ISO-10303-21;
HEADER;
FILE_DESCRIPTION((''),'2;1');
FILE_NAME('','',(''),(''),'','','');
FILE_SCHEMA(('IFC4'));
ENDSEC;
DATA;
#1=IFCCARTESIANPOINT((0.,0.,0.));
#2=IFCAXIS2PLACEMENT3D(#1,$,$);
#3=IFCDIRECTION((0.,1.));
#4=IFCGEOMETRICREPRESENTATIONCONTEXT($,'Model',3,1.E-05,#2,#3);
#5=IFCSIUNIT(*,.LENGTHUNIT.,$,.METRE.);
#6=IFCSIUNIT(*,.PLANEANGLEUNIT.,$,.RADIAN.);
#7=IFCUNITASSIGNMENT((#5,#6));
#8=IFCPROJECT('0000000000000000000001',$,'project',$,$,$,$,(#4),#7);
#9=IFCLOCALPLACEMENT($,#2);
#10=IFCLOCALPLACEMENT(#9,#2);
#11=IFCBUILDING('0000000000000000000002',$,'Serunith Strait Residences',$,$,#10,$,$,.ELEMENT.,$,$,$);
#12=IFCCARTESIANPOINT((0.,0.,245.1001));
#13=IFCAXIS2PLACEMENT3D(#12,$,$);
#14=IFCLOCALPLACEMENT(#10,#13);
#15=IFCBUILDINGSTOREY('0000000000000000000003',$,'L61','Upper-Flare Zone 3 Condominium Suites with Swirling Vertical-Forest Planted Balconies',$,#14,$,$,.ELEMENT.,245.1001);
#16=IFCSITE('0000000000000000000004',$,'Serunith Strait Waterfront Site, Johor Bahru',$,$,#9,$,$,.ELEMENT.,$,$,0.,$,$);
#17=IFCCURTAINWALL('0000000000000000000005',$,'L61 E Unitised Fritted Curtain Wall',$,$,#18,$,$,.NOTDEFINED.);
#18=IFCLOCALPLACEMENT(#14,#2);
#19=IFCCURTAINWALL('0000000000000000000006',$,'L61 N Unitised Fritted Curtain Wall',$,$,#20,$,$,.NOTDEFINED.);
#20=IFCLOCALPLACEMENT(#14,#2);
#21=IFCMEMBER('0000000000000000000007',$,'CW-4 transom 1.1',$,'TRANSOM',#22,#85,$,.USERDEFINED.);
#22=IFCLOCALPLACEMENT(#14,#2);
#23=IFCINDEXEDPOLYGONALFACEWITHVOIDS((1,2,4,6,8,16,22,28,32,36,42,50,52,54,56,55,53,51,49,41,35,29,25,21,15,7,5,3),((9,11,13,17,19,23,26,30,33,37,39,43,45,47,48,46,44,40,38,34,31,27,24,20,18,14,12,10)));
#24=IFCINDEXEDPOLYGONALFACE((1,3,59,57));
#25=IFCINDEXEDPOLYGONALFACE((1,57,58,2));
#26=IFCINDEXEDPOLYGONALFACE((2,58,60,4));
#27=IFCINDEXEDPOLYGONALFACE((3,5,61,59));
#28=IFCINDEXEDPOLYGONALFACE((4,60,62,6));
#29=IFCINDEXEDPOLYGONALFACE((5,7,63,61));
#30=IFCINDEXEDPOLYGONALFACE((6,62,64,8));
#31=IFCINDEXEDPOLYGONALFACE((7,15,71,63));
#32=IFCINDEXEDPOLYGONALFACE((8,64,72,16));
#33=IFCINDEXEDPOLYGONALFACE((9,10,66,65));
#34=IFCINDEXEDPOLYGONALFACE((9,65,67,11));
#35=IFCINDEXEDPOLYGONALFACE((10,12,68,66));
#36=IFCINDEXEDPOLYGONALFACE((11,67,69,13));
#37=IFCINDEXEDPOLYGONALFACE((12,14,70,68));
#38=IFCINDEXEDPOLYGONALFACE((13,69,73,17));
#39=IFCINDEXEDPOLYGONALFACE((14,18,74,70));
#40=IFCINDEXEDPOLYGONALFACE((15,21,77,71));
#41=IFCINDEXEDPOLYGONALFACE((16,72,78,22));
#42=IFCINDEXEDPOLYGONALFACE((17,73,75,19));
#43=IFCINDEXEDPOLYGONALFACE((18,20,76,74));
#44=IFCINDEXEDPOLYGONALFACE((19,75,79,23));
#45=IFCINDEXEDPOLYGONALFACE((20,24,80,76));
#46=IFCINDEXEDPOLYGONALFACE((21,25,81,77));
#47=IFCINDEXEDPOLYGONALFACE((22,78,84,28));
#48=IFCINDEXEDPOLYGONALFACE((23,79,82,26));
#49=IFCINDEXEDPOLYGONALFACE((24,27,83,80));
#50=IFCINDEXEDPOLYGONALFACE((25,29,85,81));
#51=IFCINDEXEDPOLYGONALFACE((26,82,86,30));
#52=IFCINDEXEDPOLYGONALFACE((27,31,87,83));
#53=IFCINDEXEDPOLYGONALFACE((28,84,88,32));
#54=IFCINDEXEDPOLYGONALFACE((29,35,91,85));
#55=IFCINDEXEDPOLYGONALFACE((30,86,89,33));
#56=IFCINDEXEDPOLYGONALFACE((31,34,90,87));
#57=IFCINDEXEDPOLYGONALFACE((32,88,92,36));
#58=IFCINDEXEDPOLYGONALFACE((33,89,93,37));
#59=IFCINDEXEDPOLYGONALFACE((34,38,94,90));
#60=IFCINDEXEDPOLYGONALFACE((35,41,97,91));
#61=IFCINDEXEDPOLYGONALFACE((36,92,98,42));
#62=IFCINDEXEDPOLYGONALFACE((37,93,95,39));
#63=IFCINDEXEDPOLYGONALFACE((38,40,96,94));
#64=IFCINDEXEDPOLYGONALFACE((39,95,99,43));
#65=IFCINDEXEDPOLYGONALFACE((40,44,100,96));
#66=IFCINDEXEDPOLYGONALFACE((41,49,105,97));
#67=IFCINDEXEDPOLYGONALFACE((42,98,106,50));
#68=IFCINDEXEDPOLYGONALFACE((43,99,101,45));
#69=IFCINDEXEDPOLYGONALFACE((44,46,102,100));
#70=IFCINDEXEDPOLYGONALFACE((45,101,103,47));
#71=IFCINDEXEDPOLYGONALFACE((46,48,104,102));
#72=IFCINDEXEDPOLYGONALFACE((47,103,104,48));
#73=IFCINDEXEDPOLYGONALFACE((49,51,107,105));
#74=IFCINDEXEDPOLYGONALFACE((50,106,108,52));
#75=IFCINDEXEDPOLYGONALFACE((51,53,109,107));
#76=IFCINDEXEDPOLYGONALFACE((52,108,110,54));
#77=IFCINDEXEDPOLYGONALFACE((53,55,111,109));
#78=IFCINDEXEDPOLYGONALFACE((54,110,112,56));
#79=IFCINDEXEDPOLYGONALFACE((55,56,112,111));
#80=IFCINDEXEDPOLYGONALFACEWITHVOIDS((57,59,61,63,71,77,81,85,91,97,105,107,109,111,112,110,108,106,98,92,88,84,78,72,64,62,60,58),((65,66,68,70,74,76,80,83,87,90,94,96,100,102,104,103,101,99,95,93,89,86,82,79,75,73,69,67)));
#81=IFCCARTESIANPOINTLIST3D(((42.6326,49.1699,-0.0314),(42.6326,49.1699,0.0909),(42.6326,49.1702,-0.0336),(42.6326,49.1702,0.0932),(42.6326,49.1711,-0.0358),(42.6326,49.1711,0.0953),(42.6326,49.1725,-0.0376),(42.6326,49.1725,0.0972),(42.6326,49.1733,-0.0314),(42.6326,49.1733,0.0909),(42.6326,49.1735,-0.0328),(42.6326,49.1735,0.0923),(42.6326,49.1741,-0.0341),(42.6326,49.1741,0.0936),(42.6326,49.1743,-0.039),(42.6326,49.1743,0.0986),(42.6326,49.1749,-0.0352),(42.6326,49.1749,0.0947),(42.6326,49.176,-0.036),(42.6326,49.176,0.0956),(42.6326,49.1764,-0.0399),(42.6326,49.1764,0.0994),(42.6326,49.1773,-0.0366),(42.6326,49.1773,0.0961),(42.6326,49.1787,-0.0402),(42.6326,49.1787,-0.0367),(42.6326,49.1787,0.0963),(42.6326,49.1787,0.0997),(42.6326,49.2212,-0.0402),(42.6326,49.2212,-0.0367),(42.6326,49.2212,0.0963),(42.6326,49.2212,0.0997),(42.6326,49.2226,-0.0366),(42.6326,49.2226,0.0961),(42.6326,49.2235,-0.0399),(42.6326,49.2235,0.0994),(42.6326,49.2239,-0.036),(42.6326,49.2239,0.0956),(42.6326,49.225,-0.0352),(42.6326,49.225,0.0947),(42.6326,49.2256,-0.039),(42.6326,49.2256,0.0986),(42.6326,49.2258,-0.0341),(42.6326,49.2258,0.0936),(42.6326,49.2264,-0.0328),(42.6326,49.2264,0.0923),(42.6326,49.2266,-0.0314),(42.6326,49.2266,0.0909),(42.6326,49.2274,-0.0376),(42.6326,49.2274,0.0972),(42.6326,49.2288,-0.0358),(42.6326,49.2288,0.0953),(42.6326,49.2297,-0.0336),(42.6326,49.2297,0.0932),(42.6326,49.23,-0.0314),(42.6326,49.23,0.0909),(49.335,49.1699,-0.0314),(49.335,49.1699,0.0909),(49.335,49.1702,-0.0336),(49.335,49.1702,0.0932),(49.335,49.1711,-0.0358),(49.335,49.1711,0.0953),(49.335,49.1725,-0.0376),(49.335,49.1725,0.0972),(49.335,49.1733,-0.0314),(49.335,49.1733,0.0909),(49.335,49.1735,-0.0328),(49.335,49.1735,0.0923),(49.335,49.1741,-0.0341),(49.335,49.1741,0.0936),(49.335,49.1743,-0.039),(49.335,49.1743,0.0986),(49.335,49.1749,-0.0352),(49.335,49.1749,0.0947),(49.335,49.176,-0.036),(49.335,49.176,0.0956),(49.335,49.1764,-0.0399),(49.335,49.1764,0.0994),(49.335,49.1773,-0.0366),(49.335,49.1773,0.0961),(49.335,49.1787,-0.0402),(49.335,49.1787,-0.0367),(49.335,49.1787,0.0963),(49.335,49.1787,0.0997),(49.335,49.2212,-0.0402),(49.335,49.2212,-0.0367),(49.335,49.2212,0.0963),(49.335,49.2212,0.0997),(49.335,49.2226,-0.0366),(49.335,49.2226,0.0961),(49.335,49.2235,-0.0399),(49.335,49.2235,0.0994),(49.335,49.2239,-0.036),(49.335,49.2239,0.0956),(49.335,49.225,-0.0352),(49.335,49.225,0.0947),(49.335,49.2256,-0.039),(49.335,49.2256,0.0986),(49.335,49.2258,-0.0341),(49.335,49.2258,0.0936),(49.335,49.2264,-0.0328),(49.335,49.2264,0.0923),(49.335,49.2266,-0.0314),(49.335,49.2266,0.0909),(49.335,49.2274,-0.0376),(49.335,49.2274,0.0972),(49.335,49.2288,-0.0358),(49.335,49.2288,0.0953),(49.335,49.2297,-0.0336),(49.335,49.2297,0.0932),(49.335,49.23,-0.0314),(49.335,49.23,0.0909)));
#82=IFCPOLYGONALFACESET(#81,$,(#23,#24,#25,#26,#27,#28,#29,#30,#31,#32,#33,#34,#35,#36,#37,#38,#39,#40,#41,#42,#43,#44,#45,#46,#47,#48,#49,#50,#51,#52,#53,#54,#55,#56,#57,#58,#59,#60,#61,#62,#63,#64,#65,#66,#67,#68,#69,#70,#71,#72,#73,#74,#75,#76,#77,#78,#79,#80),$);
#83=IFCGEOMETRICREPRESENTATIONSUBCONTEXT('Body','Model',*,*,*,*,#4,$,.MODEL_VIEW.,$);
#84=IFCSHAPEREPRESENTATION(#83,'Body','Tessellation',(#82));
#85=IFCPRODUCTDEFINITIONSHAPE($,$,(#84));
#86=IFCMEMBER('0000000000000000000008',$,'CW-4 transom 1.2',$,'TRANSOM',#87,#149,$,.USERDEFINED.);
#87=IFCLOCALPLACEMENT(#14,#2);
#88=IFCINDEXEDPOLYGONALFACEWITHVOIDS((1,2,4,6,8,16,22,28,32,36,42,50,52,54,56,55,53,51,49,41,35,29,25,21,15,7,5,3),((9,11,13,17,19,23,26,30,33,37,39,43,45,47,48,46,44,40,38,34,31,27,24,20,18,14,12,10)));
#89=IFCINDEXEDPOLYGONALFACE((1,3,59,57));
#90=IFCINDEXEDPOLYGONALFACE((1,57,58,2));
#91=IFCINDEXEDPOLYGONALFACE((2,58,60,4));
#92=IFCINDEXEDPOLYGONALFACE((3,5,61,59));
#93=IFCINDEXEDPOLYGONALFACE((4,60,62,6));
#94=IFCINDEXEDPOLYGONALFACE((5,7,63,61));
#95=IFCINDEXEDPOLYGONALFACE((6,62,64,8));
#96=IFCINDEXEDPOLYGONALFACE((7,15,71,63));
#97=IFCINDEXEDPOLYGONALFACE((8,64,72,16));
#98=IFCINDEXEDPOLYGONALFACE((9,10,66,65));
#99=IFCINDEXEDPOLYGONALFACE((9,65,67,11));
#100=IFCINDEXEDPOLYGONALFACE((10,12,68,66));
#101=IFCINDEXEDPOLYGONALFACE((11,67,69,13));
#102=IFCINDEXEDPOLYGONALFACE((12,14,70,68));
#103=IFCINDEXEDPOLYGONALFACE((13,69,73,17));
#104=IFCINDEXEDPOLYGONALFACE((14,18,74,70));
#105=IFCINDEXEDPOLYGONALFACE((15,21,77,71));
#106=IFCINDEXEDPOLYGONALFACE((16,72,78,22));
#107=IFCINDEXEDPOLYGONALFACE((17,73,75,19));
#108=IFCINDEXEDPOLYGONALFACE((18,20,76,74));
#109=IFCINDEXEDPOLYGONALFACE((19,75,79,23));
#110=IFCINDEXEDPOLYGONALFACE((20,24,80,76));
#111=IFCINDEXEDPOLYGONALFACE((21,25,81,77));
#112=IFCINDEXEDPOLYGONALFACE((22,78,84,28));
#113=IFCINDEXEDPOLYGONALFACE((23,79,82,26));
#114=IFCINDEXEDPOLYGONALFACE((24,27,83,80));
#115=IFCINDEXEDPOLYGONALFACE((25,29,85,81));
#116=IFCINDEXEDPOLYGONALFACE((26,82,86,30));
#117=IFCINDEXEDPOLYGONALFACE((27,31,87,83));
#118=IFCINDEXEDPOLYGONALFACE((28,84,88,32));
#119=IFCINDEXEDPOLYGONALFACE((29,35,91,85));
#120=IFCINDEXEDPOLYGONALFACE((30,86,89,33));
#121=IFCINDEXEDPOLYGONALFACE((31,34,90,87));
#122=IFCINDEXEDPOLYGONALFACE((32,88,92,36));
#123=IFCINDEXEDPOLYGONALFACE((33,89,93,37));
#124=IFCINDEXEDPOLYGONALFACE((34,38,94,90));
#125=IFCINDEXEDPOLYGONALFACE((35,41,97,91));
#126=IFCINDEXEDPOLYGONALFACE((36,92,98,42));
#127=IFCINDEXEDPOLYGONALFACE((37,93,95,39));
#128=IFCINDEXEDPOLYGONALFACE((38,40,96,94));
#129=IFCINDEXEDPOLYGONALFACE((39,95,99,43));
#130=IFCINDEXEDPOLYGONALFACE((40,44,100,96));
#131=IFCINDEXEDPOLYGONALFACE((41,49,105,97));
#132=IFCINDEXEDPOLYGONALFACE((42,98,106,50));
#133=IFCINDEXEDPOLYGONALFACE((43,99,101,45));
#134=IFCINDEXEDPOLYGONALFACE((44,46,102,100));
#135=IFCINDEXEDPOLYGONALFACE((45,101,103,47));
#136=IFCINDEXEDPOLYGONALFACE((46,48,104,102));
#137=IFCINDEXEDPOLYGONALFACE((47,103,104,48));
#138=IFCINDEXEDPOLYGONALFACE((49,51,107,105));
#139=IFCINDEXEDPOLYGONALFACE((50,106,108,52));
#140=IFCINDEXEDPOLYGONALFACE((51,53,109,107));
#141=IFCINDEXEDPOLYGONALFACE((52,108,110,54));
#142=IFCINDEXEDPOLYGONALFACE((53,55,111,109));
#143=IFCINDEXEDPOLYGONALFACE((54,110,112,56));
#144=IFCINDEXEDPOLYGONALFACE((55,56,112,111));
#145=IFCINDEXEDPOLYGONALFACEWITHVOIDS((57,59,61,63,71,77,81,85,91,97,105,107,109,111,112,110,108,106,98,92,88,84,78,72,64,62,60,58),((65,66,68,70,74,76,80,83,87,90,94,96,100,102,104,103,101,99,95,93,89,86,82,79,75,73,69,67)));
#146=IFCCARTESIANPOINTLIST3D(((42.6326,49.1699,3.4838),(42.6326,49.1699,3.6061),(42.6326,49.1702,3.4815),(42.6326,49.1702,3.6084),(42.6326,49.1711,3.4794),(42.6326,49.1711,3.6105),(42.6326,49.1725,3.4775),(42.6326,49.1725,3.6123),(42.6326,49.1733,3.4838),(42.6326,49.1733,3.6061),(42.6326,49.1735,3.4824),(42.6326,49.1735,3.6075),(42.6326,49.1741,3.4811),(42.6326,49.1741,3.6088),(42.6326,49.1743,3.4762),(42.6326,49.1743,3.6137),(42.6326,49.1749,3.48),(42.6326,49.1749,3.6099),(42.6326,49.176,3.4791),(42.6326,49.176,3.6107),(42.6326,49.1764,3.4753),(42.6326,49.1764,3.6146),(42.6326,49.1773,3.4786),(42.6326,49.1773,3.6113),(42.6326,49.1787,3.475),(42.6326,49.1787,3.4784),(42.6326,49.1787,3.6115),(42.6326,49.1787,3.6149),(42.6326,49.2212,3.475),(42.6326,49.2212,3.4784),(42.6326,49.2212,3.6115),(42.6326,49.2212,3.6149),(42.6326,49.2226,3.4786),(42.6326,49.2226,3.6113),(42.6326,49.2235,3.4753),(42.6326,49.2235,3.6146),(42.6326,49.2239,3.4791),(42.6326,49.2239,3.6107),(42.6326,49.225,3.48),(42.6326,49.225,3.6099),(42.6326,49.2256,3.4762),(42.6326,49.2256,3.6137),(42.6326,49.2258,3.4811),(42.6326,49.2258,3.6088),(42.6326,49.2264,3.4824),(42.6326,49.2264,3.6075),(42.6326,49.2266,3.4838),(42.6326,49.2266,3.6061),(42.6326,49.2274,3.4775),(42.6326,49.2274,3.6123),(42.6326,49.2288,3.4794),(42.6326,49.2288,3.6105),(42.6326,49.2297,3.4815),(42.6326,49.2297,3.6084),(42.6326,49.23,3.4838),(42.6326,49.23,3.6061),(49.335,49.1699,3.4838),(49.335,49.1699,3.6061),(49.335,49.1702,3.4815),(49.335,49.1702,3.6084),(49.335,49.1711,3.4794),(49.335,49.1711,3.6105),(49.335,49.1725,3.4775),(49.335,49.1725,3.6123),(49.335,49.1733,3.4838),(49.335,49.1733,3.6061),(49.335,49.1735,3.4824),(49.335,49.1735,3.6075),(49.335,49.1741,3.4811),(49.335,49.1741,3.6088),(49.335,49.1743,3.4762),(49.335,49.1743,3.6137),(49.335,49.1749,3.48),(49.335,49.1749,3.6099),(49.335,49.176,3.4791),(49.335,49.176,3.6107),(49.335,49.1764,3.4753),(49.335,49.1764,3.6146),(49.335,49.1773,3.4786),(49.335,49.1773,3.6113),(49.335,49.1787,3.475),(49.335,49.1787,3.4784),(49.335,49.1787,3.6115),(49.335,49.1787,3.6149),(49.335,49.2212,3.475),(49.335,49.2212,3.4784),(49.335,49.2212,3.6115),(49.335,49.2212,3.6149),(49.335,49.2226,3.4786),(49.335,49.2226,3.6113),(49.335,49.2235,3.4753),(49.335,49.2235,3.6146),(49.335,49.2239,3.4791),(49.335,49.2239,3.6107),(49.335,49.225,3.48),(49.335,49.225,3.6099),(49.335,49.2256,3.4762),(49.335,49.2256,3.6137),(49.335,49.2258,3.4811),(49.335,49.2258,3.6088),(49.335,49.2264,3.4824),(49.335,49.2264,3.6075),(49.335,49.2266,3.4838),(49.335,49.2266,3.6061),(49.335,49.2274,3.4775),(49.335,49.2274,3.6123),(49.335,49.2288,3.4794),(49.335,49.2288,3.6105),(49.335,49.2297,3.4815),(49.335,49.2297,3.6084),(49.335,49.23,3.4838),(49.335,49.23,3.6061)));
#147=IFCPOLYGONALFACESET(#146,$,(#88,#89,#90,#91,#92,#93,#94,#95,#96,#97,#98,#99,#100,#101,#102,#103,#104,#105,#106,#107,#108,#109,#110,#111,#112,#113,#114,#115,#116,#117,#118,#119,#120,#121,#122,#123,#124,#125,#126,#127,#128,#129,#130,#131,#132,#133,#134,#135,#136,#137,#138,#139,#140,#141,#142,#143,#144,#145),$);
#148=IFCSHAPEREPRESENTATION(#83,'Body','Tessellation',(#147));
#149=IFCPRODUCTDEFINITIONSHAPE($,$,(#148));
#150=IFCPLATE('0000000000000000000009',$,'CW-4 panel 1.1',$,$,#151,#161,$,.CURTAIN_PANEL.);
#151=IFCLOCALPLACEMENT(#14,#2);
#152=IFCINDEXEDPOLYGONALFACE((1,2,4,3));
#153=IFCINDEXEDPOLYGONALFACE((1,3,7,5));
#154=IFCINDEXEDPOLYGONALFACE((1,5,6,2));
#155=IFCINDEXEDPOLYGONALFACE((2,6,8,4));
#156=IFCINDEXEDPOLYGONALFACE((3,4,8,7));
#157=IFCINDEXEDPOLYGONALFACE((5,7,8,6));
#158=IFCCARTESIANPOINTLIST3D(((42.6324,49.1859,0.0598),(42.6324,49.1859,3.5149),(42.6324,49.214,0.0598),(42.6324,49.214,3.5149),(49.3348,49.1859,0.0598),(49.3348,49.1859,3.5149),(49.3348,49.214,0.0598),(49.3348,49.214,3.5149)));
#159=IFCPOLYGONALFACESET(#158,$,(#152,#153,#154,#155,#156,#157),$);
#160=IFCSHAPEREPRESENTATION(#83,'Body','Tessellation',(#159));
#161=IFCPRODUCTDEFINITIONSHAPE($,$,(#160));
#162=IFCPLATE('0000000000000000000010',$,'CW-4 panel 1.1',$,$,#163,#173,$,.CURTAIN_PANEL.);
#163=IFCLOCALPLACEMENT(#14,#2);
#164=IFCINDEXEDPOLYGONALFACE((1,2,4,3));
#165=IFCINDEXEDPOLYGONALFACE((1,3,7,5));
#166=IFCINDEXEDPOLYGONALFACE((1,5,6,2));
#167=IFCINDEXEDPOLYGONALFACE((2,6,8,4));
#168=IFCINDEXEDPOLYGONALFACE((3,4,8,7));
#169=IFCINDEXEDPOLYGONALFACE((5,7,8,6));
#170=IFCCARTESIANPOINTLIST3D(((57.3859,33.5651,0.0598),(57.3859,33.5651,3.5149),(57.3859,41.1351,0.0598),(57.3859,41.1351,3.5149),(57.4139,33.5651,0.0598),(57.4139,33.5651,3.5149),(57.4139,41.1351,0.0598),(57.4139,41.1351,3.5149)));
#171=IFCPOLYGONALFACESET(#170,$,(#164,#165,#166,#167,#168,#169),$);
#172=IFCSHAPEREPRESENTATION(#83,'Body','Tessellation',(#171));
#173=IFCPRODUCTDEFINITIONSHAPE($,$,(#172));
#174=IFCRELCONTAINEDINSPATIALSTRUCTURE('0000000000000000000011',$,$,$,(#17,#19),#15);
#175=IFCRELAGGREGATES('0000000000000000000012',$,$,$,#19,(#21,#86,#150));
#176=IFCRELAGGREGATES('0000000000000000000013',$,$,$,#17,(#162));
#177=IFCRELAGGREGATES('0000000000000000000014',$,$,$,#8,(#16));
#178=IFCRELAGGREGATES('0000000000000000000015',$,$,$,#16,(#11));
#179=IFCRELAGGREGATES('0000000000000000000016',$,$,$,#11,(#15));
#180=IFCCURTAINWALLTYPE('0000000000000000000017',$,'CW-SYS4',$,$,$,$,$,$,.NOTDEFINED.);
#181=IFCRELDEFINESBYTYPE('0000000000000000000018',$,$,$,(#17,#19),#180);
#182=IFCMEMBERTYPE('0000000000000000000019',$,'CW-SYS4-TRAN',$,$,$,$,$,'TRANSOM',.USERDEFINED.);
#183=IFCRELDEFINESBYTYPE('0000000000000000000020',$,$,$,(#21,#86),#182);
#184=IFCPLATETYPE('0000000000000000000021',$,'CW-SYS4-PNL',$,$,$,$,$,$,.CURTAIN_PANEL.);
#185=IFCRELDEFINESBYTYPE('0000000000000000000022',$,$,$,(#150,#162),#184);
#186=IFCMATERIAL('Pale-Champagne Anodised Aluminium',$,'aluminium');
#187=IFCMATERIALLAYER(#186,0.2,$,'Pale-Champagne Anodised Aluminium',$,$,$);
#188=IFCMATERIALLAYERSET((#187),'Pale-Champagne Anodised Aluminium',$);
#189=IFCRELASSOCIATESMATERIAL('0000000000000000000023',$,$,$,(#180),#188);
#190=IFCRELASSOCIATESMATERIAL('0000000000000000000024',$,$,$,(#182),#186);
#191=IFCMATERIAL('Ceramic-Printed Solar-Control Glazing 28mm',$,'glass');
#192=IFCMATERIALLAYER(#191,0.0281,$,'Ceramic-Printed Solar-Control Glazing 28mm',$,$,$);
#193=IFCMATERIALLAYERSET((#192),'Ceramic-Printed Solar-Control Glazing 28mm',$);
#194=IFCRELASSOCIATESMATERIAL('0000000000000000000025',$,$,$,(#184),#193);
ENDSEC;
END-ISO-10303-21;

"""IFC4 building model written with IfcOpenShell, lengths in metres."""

from ifc_helpers import new_model, si_unit, direction, frame, origin, origin_2d, place, context, subcontext, project, spatial, rectangle, hollow_rectangle, extrude, source, transform, mapped, material, layer, layer_set, material_profile, profile_set, type_object, element, aggregate, save


model = new_model("IFC4")

# Units and contexts
model_context = context("Model", 3, precision=1e-05, world=origin(), true_north=direction((0.0, 1.0)))
body_context = subcontext(model_context, "Body", "Model", "MODEL_VIEW")
ifc_project = project(units=[si_unit("LENGTHUNIT", "METRE"), si_unit("PLANEANGLEUNIT", "RADIAN")], contexts=[model_context])

# Site, building, storey
site_placement = place(None, origin())
site = spatial("IfcSite", under=ifc_project, at=site_placement, Name="Serunith Strait Waterfront Site, Johor Bahru", CompositionType="ELEMENT", RefElevation=0.0)
building_placement = place(site_placement, origin())
building = spatial("IfcBuilding", under=site, at=building_placement, Name="Serunith Strait Residences", CompositionType="ELEMENT")
storey_placement = place(building_placement, frame((0.0, 0.0, 245.1001)))
storey = spatial("IfcBuildingStorey", under=building, at=storey_placement, Name="L61", Description="Upper-Flare Zone 3 Condominium Suites with Swirling Vertical-Forest Planted Balconies", CompositionType="ELEMENT", Elevation=245.1001)

# Curtain wall
ifc_material_1 = material(Name="Pale-Champagne Anodised Aluminium", Category="aluminium")
ifc_layer_1 = layer(ifc_material_1, 0.2, Name="Pale-Champagne Anodised Aluminium")
ifc_layer_set_1 = layer_set([ifc_layer_1], Name="Pale-Champagne Anodised Aluminium")
curtain_wall_type = type_object("IfcCurtainWallType", Name="CW-SYS4", PredefinedType="NOTDEFINED", material=ifc_layer_set_1)
curtain_wall_1_placement = place(storey_placement, origin())
curtain_wall_1 = element("IfcCurtainWall", 1, at=curtain_wall_1_placement, inside=storey, type_object=curtain_wall_type, Name="L61 E Unitised Fritted Curtain Wall", PredefinedType="NOTDEFINED")

# Curtain wall, members, plate
curtain_wall_2_placement = place(storey_placement, origin())
curtain_wall_2 = element("IfcCurtainWall", 2, at=curtain_wall_2_placement, inside=storey, type_object=curtain_wall_type, Name="L61 N Unitised Fritted Curtain Wall", PredefinedType="NOTDEFINED")
ifc_material_profile_1 = material_profile(ifc_material_1, hollow_rectangle(XDim=0.0601, YDim=0.1399, WallThickness=0.0034, InnerFilletRadius=0.0054, OuterFilletRadius=0.0088, at=origin_2d()), Name="ALU 140x60x3.5")
ifc_profile_set_1 = profile_set([ifc_material_profile_1], Name="Pale-Champagne Anodised Aluminium")
member_type_1 = type_object("IfcMemberType", Name="CW-SYS4-TRAN", ElementType="TRANSOM", PredefinedType="USERDEFINED", material=ifc_profile_set_1)
shared_shape_1 = source(origin(), body_context, "Body", "SweptSolid", [
    extrude(hollow_rectangle(XDim=0.0601, YDim=0.1399, WallThickness=0.0034, InnerFilletRadius=0.0054, OuterFilletRadius=0.0088, at=origin_2d()), origin(), (0.0, 0.0, 1.0), 6.7024),
])
member_1_placement = place(storey_placement, frame((49.335, 49.2, 0.0298), z_axis=(-1.0, 0.0, 0.0), x_axis=(0.0, -1.0, 0.0)))
member_1 = element("IfcMember", 3, at=member_1_placement, type_object=member_type_1, Name="CW-4 transom 1.1", ObjectType="TRANSOM", PredefinedType="USERDEFINED", context=body_context, shape_type="MappedRepresentation", body=[
    mapped(shared_shape_1, transform((0.0, 0.0, 0.0), scale=1.0)),
])
member_2_placement = place(storey_placement, frame((49.335, 49.2, 3.5449), z_axis=(-1.0, 0.0, 0.0), x_axis=(0.0, -1.0, 0.0)))
member_2 = element("IfcMember", 4, at=member_2_placement, type_object=member_type_1, Name="CW-4 transom 1.2", ObjectType="TRANSOM", PredefinedType="USERDEFINED", context=body_context, shape_type="MappedRepresentation", body=[
    mapped(shared_shape_1, transform((0.0, 0.0, 0.0), scale=1.0)),
])
ifc_material_2 = material(Name="Ceramic-Printed Solar-Control Glazing 28mm", Category="glass")
ifc_layer_2 = layer(ifc_material_2, 0.0281, Name="Ceramic-Printed Solar-Control Glazing 28mm")
ifc_layer_set_2 = layer_set([ifc_layer_2], Name="Ceramic-Printed Solar-Control Glazing 28mm")
plate_type = type_object("IfcPlateType", Name="CW-SYS4-PNL", PredefinedType="CURTAIN_PANEL", material=ifc_layer_set_2)
shared_shape_2 = source(origin(), body_context, "Body", "SweptSolid", [
    extrude(rectangle(XDim=6.7024, YDim=0.0281, at=origin_2d()), origin(), (0.0, 0.0, 1.0), 3.4551),
])
plate_1_placement = place(storey_placement, frame((45.9836, 49.2, 0.0598), z_axis=(0.0, 0.0, 1.0), x_axis=(-1.0, 0.0, 0.0)))
plate_1 = element("IfcPlate", 5, at=plate_1_placement, type_object=plate_type, Name="CW-4 panel 1.1", PredefinedType="CURTAIN_PANEL", context=body_context, shape_type="MappedRepresentation", body=[
    mapped(shared_shape_2, transform((0.0, 0.0, 0.0), scale=1.0)),
])
aggregate(curtain_wall_2, [member_1, member_2, plate_1])

# Plate
shared_shape_3 = source(origin(), body_context, "Body", "SweptSolid", [
    extrude(rectangle(XDim=7.5701, YDim=0.0281, at=origin_2d()), origin(), (0.0, 0.0, 1.0), 3.4551),
])
plate_2_placement = place(storey_placement, frame((57.3999, 37.3501, 0.0598), z_axis=(0.0, 0.0, 1.0), x_axis=(0.0, 1.0, 0.0)))
plate_2 = element("IfcPlate", 6, at=plate_2_placement, type_object=plate_type, Name="CW-4 panel 1.1", PredefinedType="CURTAIN_PANEL", context=body_context, shape_type="MappedRepresentation", body=[
    mapped(shared_shape_3, transform((0.0, 0.0, 0.0), scale=1.0)),
])
aggregate(curtain_wall_1, [plate_2])

save(model, "model.ifc")
